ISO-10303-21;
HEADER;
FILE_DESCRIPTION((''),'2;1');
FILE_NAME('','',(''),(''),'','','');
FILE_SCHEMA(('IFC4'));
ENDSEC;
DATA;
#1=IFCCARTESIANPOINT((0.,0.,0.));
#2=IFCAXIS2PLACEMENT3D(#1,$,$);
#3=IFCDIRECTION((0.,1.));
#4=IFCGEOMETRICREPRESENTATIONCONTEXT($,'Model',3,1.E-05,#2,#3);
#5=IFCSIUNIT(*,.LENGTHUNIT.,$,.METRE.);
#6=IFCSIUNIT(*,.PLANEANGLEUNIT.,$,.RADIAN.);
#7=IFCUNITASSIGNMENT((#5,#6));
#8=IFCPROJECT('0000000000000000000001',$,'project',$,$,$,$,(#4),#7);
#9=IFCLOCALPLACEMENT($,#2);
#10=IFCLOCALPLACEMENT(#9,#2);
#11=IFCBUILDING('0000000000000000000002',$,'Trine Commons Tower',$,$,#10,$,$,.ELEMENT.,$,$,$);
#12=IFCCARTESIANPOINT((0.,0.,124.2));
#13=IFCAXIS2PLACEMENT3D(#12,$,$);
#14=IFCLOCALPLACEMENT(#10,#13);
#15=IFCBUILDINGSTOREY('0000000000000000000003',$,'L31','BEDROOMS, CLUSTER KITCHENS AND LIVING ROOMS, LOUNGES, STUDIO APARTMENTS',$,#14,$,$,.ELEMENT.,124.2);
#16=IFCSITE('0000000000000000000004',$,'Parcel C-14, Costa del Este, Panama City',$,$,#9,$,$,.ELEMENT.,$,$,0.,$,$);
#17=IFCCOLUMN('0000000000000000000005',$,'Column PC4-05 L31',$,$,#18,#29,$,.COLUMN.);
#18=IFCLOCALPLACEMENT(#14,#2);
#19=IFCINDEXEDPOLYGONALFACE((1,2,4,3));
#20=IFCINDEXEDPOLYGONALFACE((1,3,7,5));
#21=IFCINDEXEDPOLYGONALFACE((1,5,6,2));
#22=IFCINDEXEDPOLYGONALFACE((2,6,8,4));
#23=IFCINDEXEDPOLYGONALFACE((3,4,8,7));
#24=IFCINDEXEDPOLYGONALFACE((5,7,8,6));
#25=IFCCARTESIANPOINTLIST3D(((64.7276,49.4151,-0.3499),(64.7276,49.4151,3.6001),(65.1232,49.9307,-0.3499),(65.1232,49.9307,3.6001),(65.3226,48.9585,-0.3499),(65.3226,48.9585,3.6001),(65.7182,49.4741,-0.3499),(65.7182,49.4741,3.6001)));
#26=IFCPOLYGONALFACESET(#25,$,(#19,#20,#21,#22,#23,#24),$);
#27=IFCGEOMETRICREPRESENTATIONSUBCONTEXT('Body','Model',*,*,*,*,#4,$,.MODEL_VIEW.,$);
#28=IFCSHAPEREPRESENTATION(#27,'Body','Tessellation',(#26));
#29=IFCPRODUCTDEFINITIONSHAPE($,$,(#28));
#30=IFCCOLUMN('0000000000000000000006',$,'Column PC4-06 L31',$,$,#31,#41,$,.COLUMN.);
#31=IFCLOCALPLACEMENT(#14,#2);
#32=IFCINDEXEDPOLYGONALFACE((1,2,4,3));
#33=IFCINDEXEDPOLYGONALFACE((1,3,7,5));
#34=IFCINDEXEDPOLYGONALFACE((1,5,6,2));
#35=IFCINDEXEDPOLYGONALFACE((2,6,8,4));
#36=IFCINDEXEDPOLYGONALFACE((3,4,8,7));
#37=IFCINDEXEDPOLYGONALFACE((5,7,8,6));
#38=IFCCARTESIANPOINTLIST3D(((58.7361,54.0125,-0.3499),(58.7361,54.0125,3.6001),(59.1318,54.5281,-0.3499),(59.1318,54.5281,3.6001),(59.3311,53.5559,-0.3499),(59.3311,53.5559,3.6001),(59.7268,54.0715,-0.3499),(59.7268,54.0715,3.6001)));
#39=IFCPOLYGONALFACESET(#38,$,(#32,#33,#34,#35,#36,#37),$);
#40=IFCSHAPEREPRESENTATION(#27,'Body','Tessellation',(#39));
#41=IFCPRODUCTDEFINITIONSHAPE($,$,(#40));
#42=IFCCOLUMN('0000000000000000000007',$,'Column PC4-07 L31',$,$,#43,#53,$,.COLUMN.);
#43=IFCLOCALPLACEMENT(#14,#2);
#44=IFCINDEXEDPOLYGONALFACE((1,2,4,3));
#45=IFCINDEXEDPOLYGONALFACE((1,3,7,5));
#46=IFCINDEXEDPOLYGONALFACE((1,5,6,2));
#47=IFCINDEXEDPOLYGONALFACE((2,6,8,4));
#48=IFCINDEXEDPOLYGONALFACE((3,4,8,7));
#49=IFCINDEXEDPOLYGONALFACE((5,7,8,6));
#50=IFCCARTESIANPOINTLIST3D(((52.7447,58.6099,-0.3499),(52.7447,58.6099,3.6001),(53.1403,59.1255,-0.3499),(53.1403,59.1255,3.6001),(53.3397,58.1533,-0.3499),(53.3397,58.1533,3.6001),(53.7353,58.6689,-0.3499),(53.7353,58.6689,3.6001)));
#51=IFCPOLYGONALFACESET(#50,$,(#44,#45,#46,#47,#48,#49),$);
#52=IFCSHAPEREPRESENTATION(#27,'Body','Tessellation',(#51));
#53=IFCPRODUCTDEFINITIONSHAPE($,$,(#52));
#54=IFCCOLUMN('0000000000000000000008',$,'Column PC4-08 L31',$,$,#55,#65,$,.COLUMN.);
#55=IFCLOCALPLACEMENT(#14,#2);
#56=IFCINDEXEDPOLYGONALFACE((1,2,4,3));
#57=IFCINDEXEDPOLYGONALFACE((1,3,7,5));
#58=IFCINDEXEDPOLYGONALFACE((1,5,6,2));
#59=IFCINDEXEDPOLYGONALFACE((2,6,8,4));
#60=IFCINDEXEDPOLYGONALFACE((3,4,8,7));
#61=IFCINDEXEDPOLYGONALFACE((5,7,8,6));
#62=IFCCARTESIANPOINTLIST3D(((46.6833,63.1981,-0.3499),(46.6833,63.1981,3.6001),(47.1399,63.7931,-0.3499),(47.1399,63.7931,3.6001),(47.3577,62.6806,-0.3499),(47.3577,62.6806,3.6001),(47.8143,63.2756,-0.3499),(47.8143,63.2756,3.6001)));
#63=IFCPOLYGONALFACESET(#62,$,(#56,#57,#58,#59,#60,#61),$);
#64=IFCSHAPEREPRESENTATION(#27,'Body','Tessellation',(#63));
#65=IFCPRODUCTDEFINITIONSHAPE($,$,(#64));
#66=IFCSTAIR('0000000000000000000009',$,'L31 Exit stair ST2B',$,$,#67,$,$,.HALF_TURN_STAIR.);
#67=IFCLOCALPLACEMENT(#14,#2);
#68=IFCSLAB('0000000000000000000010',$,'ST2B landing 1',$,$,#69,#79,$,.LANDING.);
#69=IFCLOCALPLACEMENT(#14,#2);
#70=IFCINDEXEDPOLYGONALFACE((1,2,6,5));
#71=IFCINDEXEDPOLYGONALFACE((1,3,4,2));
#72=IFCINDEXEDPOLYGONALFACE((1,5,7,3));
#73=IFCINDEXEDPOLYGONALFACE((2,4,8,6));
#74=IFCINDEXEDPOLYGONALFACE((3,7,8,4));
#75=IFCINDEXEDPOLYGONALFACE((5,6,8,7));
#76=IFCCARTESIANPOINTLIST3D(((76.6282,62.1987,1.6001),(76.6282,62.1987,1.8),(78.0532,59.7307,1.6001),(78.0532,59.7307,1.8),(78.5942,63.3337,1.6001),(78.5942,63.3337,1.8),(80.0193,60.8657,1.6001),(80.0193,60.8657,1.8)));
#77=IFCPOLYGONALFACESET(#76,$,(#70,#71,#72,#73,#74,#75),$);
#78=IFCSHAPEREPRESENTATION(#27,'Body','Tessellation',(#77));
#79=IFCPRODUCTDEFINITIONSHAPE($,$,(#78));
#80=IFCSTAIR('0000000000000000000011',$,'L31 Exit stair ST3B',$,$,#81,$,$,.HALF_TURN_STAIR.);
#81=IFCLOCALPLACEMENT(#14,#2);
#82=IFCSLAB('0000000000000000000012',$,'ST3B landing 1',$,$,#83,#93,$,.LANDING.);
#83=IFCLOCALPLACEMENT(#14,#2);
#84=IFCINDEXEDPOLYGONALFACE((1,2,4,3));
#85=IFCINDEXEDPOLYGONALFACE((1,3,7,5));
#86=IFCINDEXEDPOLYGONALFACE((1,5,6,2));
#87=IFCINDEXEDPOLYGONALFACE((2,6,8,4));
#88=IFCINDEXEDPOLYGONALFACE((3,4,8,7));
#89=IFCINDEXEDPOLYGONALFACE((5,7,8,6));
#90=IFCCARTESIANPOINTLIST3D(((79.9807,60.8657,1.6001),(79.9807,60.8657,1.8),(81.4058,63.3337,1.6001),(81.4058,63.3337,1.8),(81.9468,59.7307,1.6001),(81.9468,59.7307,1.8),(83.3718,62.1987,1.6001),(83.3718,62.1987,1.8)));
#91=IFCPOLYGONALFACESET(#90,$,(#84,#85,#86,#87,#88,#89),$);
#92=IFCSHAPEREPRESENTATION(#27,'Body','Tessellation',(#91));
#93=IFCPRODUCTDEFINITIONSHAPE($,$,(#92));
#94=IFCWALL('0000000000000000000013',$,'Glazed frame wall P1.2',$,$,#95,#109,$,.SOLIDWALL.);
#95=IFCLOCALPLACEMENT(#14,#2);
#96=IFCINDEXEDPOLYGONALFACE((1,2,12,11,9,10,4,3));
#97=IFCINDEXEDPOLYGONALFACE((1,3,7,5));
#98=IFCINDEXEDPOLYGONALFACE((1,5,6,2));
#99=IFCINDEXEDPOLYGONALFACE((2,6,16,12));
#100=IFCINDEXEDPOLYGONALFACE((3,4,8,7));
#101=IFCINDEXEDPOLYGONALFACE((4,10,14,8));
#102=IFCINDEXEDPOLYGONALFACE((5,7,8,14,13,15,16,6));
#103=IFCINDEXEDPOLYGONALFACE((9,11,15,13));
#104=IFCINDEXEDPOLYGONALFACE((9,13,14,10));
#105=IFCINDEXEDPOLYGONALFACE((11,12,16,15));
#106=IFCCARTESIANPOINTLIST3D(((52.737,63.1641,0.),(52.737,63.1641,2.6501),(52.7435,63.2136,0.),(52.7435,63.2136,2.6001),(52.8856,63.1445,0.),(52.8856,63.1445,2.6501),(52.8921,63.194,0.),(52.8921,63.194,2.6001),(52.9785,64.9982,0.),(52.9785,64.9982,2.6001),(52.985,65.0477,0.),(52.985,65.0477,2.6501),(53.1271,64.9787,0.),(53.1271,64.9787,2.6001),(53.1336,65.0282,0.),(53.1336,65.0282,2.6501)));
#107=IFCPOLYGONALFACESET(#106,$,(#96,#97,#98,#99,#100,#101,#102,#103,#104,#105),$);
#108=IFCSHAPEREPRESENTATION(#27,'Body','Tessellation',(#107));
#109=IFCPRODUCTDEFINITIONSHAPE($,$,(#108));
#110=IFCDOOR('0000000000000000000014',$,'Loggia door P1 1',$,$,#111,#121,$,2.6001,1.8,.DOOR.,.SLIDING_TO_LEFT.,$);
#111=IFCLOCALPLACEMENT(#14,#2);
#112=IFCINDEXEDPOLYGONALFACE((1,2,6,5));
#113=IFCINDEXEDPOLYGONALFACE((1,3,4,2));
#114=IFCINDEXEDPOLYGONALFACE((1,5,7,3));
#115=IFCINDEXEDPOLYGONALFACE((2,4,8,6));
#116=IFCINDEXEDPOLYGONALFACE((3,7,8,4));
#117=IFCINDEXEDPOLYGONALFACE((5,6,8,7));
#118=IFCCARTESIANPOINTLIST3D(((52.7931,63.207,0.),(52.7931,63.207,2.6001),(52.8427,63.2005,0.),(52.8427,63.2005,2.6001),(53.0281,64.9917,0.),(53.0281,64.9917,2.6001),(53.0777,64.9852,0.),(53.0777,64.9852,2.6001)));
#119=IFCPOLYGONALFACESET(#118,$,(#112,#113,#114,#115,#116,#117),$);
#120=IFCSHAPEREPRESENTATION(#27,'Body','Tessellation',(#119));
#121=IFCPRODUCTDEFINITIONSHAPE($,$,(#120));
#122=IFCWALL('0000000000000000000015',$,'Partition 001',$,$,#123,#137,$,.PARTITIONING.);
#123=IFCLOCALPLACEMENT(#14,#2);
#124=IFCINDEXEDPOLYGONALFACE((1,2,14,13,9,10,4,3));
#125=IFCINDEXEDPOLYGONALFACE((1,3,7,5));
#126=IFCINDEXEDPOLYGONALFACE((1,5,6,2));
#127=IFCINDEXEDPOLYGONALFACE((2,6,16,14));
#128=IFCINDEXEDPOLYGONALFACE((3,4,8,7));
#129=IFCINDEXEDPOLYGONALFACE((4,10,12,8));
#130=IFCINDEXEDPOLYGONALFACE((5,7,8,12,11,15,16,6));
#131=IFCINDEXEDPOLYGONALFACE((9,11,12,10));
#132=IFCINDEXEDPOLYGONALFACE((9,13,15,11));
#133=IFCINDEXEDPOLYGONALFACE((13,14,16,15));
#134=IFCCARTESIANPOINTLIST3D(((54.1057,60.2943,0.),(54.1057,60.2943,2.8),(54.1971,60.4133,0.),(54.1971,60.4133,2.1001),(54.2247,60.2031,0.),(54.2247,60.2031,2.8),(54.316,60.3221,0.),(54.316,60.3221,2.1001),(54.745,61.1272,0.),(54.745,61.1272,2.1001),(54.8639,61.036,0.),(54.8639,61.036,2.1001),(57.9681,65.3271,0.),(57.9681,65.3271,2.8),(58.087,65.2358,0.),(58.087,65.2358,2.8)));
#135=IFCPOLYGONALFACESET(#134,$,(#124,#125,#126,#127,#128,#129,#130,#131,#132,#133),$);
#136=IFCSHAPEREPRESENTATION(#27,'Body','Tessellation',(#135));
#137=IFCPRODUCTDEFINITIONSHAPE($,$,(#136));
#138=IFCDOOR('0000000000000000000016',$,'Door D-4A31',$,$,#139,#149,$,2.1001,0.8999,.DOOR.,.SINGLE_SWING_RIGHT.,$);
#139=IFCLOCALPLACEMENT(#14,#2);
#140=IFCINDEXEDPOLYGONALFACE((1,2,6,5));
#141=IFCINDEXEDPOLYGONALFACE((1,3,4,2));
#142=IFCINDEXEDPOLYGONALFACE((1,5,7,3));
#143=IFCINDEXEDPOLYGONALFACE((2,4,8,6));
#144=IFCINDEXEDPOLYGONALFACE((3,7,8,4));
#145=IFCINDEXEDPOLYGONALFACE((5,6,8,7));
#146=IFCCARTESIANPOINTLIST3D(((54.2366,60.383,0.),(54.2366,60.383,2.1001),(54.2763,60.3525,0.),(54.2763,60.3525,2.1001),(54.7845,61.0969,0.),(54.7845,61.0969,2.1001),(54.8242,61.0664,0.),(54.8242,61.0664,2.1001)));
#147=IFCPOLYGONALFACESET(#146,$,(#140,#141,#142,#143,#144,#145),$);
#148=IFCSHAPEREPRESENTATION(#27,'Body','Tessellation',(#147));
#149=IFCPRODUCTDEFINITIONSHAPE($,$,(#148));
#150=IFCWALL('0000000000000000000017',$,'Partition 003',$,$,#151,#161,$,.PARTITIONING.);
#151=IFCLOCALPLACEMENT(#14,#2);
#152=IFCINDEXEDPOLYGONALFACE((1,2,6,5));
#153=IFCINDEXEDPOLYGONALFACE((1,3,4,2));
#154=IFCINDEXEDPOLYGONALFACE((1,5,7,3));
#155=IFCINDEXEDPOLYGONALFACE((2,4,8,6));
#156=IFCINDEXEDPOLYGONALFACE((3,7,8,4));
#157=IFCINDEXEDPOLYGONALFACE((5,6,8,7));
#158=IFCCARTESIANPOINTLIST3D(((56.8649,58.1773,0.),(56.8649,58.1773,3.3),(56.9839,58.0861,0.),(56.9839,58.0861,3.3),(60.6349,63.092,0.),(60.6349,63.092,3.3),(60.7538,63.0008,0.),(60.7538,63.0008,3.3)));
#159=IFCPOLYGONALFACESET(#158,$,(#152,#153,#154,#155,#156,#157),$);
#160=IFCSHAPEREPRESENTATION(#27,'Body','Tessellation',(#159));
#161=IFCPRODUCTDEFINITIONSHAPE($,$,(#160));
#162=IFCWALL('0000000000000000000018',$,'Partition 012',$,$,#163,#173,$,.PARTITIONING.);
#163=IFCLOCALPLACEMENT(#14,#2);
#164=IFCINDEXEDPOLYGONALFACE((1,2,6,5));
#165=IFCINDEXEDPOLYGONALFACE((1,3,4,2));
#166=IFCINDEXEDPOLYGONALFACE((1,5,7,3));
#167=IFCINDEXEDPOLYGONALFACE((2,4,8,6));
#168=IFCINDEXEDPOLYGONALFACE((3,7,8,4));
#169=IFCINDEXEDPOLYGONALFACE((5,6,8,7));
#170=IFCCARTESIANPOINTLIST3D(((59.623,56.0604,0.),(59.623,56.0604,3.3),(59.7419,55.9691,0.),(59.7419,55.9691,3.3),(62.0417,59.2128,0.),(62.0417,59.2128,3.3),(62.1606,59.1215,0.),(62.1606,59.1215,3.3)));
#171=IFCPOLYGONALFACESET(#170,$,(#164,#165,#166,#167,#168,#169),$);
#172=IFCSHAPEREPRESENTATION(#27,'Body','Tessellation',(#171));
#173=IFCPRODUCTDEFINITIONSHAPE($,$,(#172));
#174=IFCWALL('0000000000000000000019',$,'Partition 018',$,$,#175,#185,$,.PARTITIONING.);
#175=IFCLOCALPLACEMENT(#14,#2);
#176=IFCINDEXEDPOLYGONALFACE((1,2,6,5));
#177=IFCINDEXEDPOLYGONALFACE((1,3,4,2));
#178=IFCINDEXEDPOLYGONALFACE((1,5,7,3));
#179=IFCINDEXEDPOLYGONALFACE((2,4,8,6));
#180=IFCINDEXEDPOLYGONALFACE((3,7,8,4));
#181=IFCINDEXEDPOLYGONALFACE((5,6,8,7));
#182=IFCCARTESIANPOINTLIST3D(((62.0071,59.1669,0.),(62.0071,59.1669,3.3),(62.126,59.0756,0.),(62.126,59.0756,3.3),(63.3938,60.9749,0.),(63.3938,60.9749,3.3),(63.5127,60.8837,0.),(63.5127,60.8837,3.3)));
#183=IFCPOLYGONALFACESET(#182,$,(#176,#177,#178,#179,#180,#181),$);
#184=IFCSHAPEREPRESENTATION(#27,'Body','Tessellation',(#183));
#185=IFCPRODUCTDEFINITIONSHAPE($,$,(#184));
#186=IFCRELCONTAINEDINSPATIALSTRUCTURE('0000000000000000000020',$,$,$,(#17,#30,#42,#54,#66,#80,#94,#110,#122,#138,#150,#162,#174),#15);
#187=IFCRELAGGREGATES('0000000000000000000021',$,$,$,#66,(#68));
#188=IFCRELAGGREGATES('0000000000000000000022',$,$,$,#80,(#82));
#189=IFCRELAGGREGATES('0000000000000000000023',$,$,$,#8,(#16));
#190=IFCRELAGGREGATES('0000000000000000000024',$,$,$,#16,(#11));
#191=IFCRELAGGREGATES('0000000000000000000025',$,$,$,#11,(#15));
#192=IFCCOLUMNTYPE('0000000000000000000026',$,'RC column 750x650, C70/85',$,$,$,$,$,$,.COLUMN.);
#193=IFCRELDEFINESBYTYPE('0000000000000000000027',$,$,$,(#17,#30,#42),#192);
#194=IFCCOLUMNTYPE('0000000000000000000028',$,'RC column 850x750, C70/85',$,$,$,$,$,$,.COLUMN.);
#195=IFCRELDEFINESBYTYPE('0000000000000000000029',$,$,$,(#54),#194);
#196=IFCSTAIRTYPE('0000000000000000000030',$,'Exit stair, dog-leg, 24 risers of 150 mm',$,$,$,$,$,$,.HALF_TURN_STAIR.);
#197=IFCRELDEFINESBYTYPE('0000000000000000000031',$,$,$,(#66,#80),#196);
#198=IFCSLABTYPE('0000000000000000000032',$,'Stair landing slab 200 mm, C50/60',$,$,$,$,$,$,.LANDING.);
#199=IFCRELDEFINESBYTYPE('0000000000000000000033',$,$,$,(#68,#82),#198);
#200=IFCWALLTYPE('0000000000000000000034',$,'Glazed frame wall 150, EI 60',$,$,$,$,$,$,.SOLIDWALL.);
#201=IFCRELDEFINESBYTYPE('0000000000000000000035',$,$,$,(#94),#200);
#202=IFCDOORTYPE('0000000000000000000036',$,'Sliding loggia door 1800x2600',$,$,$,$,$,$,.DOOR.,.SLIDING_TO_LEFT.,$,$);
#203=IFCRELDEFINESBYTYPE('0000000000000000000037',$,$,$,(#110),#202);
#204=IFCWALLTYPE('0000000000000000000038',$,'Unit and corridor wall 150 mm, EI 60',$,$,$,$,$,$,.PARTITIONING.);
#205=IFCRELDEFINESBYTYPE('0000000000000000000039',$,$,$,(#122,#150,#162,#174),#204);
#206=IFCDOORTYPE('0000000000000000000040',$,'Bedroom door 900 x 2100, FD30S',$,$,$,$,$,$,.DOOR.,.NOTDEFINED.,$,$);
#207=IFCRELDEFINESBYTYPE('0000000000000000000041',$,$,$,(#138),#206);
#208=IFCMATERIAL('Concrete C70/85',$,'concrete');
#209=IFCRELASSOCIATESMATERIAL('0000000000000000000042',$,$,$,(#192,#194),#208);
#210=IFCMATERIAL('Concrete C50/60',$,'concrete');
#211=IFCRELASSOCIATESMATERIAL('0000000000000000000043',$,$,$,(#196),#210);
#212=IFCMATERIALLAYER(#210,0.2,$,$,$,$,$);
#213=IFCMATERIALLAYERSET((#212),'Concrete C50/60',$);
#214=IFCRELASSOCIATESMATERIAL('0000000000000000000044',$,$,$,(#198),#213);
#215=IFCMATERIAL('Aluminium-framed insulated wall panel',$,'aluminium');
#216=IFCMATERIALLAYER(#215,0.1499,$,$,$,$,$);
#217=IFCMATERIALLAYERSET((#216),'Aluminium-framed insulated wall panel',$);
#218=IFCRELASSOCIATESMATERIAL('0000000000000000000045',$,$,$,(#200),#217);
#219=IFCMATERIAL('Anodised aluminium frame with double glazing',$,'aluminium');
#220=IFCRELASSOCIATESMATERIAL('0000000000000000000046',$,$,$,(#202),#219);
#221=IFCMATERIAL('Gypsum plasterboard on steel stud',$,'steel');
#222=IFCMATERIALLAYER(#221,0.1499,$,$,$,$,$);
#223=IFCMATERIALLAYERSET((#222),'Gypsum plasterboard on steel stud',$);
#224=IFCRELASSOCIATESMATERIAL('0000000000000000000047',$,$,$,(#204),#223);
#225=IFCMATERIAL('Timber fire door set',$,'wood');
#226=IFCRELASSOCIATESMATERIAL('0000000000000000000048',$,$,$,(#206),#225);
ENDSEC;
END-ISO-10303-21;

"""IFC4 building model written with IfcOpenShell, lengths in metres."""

from ifc_helpers import new_model, si_unit, direction, frame, frame_2d, origin, origin_2d, place, context, subcontext, project, spatial, polyline, rectangle, outline, extrude, material, layer, layer_set, material_profile, profile_set, type_object, element, fill, aggregate, save


model = new_model("IFC4")

# Units and contexts
model_context = context("Model", 3, precision=1e-05, world=origin(), true_north=direction((0.0, 1.0)))
body_context = subcontext(model_context, "Body", "Model", "MODEL_VIEW")
ifc_project = project(units=[si_unit("LENGTHUNIT", "METRE"), si_unit("PLANEANGLEUNIT", "RADIAN")], contexts=[model_context])

# Site, building, storey
site_placement = place(None, origin())
site = spatial("IfcSite", under=ifc_project, at=site_placement, Name="Parcel C-14, Costa del Este, Panama City", CompositionType="ELEMENT", RefElevation=0.0)
building_placement = place(site_placement, origin())
building = spatial("IfcBuilding", under=site, at=building_placement, Name="Trine Commons Tower", CompositionType="ELEMENT")
storey_placement = place(building_placement, frame((0.0, 0.0, 124.2)))
storey = spatial("IfcBuildingStorey", under=building, at=storey_placement, Name="L31", Description="BEDROOMS, CLUSTER KITCHENS AND LIVING ROOMS, LOUNGES, STUDIO APARTMENTS", CompositionType="ELEMENT", Elevation=124.2)

# Columns
ifc_material_1 = material(Name="Concrete C70/85", Category="concrete")
ifc_material_profile_1 = material_profile(ifc_material_1, rectangle(XDim=0.75, YDim=0.6499, at=origin_2d()), Name="RC 750x650")
ifc_profile_set_1 = profile_set([ifc_material_profile_1], Name="Concrete C70/85")
column_type_1 = type_object("IfcColumnType", Name="RC column 750x650, C70/85", PredefinedType="COLUMN", material=ifc_profile_set_1)
for number, where, z_axis, x_axis, name in (
    (1, (65.2229, 49.4446, -0.3499), (0.0, 0.0, 1.0), (-0.793353, 0.608761, 0.0), "Column PC4-05 L31"),
    (2, (59.2314, 54.042, -0.3499), (0.0, 0.0, 1.0), (-0.793353, 0.608761, 0.0), "Column PC4-06 L31"),
    (3, (53.24, 58.6394, -0.3499), (0.0, 0.0, 1.0), (-0.793353, 0.608761, 0.0), "Column PC4-07 L31"),
):
    element("IfcColumn", number, at=place(storey_placement, frame(where, z_axis=z_axis, x_axis=x_axis)), inside=storey, type_object=column_type_1, Name=name, PredefinedType="COLUMN", context=body_context, shape_type="SweptSolid", body=[
        extrude(rectangle(XDim=0.75, YDim=0.6499, at=origin_2d()), origin(), (0.0, 0.0, 1.0), 3.95),
    ])
ifc_material_profile_2 = material_profile(ifc_material_1, rectangle(XDim=0.8501, YDim=0.75, at=origin_2d()), Name="RC 850x750")
ifc_profile_set_2 = profile_set([ifc_material_profile_2], Name="Concrete C70/85")
column_type_2 = type_object("IfcColumnType", Name="RC column 850x750, C70/85", PredefinedType="COLUMN", material=ifc_profile_set_2)
column_placement = place(storey_placement, frame((47.2488, 63.2368, -0.3499), z_axis=(0.0, 0.0, 1.0), x_axis=(-0.793353, 0.608761, 0.0)))
element("IfcColumn", 4, at=column_placement, inside=storey, type_object=column_type_2, Name="Column PC4-08 L31", PredefinedType="COLUMN", context=body_context, shape_type="SweptSolid", body=[
    extrude(rectangle(XDim=0.8501, YDim=0.75, at=origin_2d()), origin(), (0.0, 0.0, 1.0), 3.95),
])

# Stairs, slabs
ifc_material_2 = material(Name="Concrete C50/60", Category="concrete")
stair_type = type_object("IfcStairType", Name="Exit stair, dog-leg, 24 risers of 150 mm", PredefinedType="HALF_TURN_STAIR", material=ifc_material_2)
stair_1_placement = place(storey_placement, origin())
stair_1 = element("IfcStair", 5, at=stair_1_placement, inside=storey, type_object=stair_type, Name="L31 Exit stair ST2B", PredefinedType="HALF_TURN_STAIR")
ifc_layer_1 = layer(ifc_material_2, 0.2)
ifc_layer_set_1 = layer_set([ifc_layer_1], Name="Concrete C50/60")
slab_type = type_object("IfcSlabType", Name="Stair landing slab 200 mm, C50/60", PredefinedType="LANDING", material=ifc_layer_set_1)
slab_1_placement = place(storey_placement, frame((0.0, 0.0, 1.6001)))
slab_1 = element("IfcSlab", 6, at=slab_1_placement, type_object=slab_type, Name="ST2B landing 1", PredefinedType="LANDING", context=body_context, shape_type="SweptSolid", body=[
    extrude(outline(polyline([(78.0532, 59.7307), (80.0193, 60.8657), (78.5942, 63.3337), (76.6282, 62.1987), (78.0532, 59.7307)])), origin(), (0.0, 0.0, 1.0), 0.2),
])
aggregate(stair_1, [slab_1])
stair_2_placement = place(storey_placement, origin())
stair_2 = element("IfcStair", 7, at=stair_2_placement, inside=storey, type_object=stair_type, Name="L31 Exit stair ST3B", PredefinedType="HALF_TURN_STAIR")
slab_2_placement = place(storey_placement, frame((0.0, 0.0, 1.6001)))
slab_2 = element("IfcSlab", 8, at=slab_2_placement, type_object=slab_type, Name="ST3B landing 1", PredefinedType="LANDING", context=body_context, shape_type="SweptSolid", body=[
    extrude(outline(polyline([(83.3718, 62.1987), (81.4058, 63.3337), (79.9807, 60.8657), (81.9468, 59.7307), (83.3718, 62.1987)])), origin(), (0.0, 0.0, 1.0), 0.2),
])
aggregate(stair_2, [slab_2])

# Shared definitions
ifc_material_3 = material(Name="Aluminium-framed insulated wall panel", Category="aluminium")
ifc_layer_2 = layer(ifc_material_3, 0.1499)
ifc_layer_set_2 = layer_set([ifc_layer_2], Name="Aluminium-framed insulated wall panel")
wall_type_1 = type_object("IfcWallType", Name="Glazed frame wall 150, EI 60", PredefinedType="SOLIDWALL", material=ifc_layer_set_2)

# Walls, openings, doors
wall_1_placement = place(storey_placement, frame((52.8113, 63.1543, 0.0), z_axis=(0.0, 0.0, 1.0), x_axis=(0.130548, 0.991442, 0.0)))
wall_1 = element("IfcWall", 9, at=wall_1_placement, inside=storey, type_object=wall_type_1, Name="Glazed frame wall P1.2", PredefinedType="SOLIDWALL", context=body_context, shape_type="SweptSolid", body=[
    extrude(outline(polyline([(0.0, -0.075), (1.8999, -0.075), (1.8999, 0.075), (0.0, 0.075), (0.0, -0.075)])), origin(), (0.0, 0.0, 1.0), 2.6501),
])
opening_1_placement = place(wall_1_placement, frame((0.05, 0.0, 0.0)))
opening_1 = element("IfcOpeningElement", 10, at=opening_1_placement, cuts=wall_1, PredefinedType="OPENING", context=body_context, shape_type="SweptSolid", body=[
    extrude(rectangle(XDim=1.8, YDim=2.6001, at=frame_2d((0.8999, 1.3))), frame((0.0, 0.085, 0.0), z_axis=(0.0, -1.0, 0.0), x_axis=(1.0, 0.0, 0.0)), (0.0, 0.0, 1.0), 0.1699),
])
ifc_material_4 = material(Name="Anodised aluminium frame with double glazing", Category="aluminium")
door_type_1 = type_object("IfcDoorType", Name="Sliding loggia door 1800x2600", OperationType="SLIDING_TO_LEFT", PredefinedType="DOOR", material=ifc_material_4)
door_1_placement = place(opening_1_placement, origin())
door_1 = element("IfcDoor", 11, at=door_1_placement, inside=storey, type_object=door_type_1, Name="Loggia door P1 1", OperationType="SLIDING_TO_LEFT", OverallHeight=2.6001, OverallWidth=1.8, PredefinedType="DOOR", context=body_context, shape_type="SweptSolid", body=[
    extrude(rectangle(XDim=1.8, YDim=2.6001, at=frame_2d((0.8999, 1.3))), frame((0.0, 0.0249, 0.0), z_axis=(0.0, -1.0, 0.0), x_axis=(1.0, 0.0, 0.0)), (0.0, 0.0, 1.0), 0.05),
])
fill(opening_1, door_1)
ifc_material_5 = material(Name="Gypsum plasterboard on steel stud", Category="steel")
ifc_layer_3 = layer(ifc_material_5, 0.1499)
ifc_layer_set_3 = layer_set([ifc_layer_3], Name="Gypsum plasterboard on steel stud")
wall_type_2 = type_object("IfcWallType", Name="Unit and corridor wall 150 mm, EI 60", PredefinedType="PARTITIONING", material=ifc_layer_set_3)
wall_2_placement = place(storey_placement, frame((54.1653, 60.2488, 0.0), z_axis=(0.0, 0.0, 1.0), x_axis=(0.608818, 0.79331, 0.0)))
wall_2 = element("IfcWall", 12, at=wall_2_placement, inside=storey, type_object=wall_type_2, Name="Partition 001", PredefinedType="PARTITIONING", context=body_context, shape_type="SweptSolid", body=[
    extrude(rectangle(XDim=6.344, YDim=0.1499, at=frame_2d((3.1719, 0.0))), origin(), (0.0, 0.0, 1.0), 2.8),
])
opening_2_placement = place(wall_2_placement, frame((0.1499, 0.0, 0.0)))
opening_2 = element("IfcOpeningElement", 13, at=opening_2_placement, cuts=wall_2, PredefinedType="OPENING", context=body_context, shape_type="SweptSolid", body=[
    extrude(rectangle(XDim=0.8999, YDim=2.1001, at=frame_2d((0.45, 1.05))), frame((0.0, 0.085, 0.0), z_axis=(0.0, -1.0, 0.0), x_axis=(1.0, 0.0, 0.0)), (0.0, 0.0, 1.0), 0.1699),
])
ifc_material_6 = material(Name="Timber fire door set", Category="wood")
door_type_2 = type_object("IfcDoorType", Name="Bedroom door 900 x 2100, FD30S", OperationType="NOTDEFINED", PredefinedType="DOOR", material=ifc_material_6)
door_2_placement = place(opening_2_placement, frame((0.8999, 0.0, 0.0), z_axis=(0.0, 0.0, 1.0), x_axis=(-1.0, 0.0, 0.0)))
door_2 = element("IfcDoor", 14, at=door_2_placement, inside=storey, type_object=door_type_2, Name="Door D-4A31", OperationType="SINGLE_SWING_RIGHT", OverallHeight=2.1001, OverallWidth=0.8999, PredefinedType="DOOR", context=body_context, shape_type="SweptSolid", body=[
    extrude(rectangle(XDim=0.8999, YDim=2.1001, at=frame_2d((0.45, 1.05))), frame((0.0, 0.0249, 0.0), z_axis=(0.0, -1.0, 0.0), x_axis=(1.0, 0.0, 0.0)), (0.0, 0.0, 1.0), 0.05),
])
fill(opening_2, door_2)

# Walls
wall_3_placement = place(storey_placement, frame((56.9243, 58.1316, 0.0), z_axis=(0.0, 0.0, 1.0), x_axis=(0.608636, 0.79345, 0.0)))
element("IfcWall", 15, at=wall_3_placement, inside=storey, type_object=wall_type_2, Name="Partition 003", PredefinedType="PARTITIONING", context=body_context, shape_type="SweptSolid", body=[
    extrude(rectangle(XDim=6.1941, YDim=0.1499, at=frame_2d((3.0972, 0.0))), origin(), (0.0, 0.0, 1.0), 3.3),
])
wall_4_placement = place(storey_placement, frame((59.6824, 56.0146, 0.0), z_axis=(0.0, 0.0, 1.0), x_axis=(0.608733, 0.793375, 0.0)))
element("IfcWall", 16, at=wall_4_placement, inside=storey, type_object=wall_type_2, Name="Partition 012", PredefinedType="PARTITIONING", context=body_context, shape_type="SweptSolid", body=[
    extrude(rectangle(XDim=3.9734, YDim=0.1499, at=frame_2d((1.9868, 0.0))), origin(), (0.0, 0.0, 1.0), 3.3),
])
wall_5_placement = place(storey_placement, frame((62.0667, 59.1213, 0.0), z_axis=(0.0, 0.0, 1.0), x_axis=(0.608571, 0.793499, 0.0)))
element("IfcWall", 17, at=wall_5_placement, inside=storey, type_object=wall_type_2, Name="Partition 018", PredefinedType="PARTITIONING", context=body_context, shape_type="SweptSolid", body=[
    extrude(rectangle(XDim=2.2786, YDim=0.1499, at=frame_2d((1.1392, 0.0))), origin(), (0.0, 0.0, 1.0), 3.3),
])

save(model, "model.ifc")
